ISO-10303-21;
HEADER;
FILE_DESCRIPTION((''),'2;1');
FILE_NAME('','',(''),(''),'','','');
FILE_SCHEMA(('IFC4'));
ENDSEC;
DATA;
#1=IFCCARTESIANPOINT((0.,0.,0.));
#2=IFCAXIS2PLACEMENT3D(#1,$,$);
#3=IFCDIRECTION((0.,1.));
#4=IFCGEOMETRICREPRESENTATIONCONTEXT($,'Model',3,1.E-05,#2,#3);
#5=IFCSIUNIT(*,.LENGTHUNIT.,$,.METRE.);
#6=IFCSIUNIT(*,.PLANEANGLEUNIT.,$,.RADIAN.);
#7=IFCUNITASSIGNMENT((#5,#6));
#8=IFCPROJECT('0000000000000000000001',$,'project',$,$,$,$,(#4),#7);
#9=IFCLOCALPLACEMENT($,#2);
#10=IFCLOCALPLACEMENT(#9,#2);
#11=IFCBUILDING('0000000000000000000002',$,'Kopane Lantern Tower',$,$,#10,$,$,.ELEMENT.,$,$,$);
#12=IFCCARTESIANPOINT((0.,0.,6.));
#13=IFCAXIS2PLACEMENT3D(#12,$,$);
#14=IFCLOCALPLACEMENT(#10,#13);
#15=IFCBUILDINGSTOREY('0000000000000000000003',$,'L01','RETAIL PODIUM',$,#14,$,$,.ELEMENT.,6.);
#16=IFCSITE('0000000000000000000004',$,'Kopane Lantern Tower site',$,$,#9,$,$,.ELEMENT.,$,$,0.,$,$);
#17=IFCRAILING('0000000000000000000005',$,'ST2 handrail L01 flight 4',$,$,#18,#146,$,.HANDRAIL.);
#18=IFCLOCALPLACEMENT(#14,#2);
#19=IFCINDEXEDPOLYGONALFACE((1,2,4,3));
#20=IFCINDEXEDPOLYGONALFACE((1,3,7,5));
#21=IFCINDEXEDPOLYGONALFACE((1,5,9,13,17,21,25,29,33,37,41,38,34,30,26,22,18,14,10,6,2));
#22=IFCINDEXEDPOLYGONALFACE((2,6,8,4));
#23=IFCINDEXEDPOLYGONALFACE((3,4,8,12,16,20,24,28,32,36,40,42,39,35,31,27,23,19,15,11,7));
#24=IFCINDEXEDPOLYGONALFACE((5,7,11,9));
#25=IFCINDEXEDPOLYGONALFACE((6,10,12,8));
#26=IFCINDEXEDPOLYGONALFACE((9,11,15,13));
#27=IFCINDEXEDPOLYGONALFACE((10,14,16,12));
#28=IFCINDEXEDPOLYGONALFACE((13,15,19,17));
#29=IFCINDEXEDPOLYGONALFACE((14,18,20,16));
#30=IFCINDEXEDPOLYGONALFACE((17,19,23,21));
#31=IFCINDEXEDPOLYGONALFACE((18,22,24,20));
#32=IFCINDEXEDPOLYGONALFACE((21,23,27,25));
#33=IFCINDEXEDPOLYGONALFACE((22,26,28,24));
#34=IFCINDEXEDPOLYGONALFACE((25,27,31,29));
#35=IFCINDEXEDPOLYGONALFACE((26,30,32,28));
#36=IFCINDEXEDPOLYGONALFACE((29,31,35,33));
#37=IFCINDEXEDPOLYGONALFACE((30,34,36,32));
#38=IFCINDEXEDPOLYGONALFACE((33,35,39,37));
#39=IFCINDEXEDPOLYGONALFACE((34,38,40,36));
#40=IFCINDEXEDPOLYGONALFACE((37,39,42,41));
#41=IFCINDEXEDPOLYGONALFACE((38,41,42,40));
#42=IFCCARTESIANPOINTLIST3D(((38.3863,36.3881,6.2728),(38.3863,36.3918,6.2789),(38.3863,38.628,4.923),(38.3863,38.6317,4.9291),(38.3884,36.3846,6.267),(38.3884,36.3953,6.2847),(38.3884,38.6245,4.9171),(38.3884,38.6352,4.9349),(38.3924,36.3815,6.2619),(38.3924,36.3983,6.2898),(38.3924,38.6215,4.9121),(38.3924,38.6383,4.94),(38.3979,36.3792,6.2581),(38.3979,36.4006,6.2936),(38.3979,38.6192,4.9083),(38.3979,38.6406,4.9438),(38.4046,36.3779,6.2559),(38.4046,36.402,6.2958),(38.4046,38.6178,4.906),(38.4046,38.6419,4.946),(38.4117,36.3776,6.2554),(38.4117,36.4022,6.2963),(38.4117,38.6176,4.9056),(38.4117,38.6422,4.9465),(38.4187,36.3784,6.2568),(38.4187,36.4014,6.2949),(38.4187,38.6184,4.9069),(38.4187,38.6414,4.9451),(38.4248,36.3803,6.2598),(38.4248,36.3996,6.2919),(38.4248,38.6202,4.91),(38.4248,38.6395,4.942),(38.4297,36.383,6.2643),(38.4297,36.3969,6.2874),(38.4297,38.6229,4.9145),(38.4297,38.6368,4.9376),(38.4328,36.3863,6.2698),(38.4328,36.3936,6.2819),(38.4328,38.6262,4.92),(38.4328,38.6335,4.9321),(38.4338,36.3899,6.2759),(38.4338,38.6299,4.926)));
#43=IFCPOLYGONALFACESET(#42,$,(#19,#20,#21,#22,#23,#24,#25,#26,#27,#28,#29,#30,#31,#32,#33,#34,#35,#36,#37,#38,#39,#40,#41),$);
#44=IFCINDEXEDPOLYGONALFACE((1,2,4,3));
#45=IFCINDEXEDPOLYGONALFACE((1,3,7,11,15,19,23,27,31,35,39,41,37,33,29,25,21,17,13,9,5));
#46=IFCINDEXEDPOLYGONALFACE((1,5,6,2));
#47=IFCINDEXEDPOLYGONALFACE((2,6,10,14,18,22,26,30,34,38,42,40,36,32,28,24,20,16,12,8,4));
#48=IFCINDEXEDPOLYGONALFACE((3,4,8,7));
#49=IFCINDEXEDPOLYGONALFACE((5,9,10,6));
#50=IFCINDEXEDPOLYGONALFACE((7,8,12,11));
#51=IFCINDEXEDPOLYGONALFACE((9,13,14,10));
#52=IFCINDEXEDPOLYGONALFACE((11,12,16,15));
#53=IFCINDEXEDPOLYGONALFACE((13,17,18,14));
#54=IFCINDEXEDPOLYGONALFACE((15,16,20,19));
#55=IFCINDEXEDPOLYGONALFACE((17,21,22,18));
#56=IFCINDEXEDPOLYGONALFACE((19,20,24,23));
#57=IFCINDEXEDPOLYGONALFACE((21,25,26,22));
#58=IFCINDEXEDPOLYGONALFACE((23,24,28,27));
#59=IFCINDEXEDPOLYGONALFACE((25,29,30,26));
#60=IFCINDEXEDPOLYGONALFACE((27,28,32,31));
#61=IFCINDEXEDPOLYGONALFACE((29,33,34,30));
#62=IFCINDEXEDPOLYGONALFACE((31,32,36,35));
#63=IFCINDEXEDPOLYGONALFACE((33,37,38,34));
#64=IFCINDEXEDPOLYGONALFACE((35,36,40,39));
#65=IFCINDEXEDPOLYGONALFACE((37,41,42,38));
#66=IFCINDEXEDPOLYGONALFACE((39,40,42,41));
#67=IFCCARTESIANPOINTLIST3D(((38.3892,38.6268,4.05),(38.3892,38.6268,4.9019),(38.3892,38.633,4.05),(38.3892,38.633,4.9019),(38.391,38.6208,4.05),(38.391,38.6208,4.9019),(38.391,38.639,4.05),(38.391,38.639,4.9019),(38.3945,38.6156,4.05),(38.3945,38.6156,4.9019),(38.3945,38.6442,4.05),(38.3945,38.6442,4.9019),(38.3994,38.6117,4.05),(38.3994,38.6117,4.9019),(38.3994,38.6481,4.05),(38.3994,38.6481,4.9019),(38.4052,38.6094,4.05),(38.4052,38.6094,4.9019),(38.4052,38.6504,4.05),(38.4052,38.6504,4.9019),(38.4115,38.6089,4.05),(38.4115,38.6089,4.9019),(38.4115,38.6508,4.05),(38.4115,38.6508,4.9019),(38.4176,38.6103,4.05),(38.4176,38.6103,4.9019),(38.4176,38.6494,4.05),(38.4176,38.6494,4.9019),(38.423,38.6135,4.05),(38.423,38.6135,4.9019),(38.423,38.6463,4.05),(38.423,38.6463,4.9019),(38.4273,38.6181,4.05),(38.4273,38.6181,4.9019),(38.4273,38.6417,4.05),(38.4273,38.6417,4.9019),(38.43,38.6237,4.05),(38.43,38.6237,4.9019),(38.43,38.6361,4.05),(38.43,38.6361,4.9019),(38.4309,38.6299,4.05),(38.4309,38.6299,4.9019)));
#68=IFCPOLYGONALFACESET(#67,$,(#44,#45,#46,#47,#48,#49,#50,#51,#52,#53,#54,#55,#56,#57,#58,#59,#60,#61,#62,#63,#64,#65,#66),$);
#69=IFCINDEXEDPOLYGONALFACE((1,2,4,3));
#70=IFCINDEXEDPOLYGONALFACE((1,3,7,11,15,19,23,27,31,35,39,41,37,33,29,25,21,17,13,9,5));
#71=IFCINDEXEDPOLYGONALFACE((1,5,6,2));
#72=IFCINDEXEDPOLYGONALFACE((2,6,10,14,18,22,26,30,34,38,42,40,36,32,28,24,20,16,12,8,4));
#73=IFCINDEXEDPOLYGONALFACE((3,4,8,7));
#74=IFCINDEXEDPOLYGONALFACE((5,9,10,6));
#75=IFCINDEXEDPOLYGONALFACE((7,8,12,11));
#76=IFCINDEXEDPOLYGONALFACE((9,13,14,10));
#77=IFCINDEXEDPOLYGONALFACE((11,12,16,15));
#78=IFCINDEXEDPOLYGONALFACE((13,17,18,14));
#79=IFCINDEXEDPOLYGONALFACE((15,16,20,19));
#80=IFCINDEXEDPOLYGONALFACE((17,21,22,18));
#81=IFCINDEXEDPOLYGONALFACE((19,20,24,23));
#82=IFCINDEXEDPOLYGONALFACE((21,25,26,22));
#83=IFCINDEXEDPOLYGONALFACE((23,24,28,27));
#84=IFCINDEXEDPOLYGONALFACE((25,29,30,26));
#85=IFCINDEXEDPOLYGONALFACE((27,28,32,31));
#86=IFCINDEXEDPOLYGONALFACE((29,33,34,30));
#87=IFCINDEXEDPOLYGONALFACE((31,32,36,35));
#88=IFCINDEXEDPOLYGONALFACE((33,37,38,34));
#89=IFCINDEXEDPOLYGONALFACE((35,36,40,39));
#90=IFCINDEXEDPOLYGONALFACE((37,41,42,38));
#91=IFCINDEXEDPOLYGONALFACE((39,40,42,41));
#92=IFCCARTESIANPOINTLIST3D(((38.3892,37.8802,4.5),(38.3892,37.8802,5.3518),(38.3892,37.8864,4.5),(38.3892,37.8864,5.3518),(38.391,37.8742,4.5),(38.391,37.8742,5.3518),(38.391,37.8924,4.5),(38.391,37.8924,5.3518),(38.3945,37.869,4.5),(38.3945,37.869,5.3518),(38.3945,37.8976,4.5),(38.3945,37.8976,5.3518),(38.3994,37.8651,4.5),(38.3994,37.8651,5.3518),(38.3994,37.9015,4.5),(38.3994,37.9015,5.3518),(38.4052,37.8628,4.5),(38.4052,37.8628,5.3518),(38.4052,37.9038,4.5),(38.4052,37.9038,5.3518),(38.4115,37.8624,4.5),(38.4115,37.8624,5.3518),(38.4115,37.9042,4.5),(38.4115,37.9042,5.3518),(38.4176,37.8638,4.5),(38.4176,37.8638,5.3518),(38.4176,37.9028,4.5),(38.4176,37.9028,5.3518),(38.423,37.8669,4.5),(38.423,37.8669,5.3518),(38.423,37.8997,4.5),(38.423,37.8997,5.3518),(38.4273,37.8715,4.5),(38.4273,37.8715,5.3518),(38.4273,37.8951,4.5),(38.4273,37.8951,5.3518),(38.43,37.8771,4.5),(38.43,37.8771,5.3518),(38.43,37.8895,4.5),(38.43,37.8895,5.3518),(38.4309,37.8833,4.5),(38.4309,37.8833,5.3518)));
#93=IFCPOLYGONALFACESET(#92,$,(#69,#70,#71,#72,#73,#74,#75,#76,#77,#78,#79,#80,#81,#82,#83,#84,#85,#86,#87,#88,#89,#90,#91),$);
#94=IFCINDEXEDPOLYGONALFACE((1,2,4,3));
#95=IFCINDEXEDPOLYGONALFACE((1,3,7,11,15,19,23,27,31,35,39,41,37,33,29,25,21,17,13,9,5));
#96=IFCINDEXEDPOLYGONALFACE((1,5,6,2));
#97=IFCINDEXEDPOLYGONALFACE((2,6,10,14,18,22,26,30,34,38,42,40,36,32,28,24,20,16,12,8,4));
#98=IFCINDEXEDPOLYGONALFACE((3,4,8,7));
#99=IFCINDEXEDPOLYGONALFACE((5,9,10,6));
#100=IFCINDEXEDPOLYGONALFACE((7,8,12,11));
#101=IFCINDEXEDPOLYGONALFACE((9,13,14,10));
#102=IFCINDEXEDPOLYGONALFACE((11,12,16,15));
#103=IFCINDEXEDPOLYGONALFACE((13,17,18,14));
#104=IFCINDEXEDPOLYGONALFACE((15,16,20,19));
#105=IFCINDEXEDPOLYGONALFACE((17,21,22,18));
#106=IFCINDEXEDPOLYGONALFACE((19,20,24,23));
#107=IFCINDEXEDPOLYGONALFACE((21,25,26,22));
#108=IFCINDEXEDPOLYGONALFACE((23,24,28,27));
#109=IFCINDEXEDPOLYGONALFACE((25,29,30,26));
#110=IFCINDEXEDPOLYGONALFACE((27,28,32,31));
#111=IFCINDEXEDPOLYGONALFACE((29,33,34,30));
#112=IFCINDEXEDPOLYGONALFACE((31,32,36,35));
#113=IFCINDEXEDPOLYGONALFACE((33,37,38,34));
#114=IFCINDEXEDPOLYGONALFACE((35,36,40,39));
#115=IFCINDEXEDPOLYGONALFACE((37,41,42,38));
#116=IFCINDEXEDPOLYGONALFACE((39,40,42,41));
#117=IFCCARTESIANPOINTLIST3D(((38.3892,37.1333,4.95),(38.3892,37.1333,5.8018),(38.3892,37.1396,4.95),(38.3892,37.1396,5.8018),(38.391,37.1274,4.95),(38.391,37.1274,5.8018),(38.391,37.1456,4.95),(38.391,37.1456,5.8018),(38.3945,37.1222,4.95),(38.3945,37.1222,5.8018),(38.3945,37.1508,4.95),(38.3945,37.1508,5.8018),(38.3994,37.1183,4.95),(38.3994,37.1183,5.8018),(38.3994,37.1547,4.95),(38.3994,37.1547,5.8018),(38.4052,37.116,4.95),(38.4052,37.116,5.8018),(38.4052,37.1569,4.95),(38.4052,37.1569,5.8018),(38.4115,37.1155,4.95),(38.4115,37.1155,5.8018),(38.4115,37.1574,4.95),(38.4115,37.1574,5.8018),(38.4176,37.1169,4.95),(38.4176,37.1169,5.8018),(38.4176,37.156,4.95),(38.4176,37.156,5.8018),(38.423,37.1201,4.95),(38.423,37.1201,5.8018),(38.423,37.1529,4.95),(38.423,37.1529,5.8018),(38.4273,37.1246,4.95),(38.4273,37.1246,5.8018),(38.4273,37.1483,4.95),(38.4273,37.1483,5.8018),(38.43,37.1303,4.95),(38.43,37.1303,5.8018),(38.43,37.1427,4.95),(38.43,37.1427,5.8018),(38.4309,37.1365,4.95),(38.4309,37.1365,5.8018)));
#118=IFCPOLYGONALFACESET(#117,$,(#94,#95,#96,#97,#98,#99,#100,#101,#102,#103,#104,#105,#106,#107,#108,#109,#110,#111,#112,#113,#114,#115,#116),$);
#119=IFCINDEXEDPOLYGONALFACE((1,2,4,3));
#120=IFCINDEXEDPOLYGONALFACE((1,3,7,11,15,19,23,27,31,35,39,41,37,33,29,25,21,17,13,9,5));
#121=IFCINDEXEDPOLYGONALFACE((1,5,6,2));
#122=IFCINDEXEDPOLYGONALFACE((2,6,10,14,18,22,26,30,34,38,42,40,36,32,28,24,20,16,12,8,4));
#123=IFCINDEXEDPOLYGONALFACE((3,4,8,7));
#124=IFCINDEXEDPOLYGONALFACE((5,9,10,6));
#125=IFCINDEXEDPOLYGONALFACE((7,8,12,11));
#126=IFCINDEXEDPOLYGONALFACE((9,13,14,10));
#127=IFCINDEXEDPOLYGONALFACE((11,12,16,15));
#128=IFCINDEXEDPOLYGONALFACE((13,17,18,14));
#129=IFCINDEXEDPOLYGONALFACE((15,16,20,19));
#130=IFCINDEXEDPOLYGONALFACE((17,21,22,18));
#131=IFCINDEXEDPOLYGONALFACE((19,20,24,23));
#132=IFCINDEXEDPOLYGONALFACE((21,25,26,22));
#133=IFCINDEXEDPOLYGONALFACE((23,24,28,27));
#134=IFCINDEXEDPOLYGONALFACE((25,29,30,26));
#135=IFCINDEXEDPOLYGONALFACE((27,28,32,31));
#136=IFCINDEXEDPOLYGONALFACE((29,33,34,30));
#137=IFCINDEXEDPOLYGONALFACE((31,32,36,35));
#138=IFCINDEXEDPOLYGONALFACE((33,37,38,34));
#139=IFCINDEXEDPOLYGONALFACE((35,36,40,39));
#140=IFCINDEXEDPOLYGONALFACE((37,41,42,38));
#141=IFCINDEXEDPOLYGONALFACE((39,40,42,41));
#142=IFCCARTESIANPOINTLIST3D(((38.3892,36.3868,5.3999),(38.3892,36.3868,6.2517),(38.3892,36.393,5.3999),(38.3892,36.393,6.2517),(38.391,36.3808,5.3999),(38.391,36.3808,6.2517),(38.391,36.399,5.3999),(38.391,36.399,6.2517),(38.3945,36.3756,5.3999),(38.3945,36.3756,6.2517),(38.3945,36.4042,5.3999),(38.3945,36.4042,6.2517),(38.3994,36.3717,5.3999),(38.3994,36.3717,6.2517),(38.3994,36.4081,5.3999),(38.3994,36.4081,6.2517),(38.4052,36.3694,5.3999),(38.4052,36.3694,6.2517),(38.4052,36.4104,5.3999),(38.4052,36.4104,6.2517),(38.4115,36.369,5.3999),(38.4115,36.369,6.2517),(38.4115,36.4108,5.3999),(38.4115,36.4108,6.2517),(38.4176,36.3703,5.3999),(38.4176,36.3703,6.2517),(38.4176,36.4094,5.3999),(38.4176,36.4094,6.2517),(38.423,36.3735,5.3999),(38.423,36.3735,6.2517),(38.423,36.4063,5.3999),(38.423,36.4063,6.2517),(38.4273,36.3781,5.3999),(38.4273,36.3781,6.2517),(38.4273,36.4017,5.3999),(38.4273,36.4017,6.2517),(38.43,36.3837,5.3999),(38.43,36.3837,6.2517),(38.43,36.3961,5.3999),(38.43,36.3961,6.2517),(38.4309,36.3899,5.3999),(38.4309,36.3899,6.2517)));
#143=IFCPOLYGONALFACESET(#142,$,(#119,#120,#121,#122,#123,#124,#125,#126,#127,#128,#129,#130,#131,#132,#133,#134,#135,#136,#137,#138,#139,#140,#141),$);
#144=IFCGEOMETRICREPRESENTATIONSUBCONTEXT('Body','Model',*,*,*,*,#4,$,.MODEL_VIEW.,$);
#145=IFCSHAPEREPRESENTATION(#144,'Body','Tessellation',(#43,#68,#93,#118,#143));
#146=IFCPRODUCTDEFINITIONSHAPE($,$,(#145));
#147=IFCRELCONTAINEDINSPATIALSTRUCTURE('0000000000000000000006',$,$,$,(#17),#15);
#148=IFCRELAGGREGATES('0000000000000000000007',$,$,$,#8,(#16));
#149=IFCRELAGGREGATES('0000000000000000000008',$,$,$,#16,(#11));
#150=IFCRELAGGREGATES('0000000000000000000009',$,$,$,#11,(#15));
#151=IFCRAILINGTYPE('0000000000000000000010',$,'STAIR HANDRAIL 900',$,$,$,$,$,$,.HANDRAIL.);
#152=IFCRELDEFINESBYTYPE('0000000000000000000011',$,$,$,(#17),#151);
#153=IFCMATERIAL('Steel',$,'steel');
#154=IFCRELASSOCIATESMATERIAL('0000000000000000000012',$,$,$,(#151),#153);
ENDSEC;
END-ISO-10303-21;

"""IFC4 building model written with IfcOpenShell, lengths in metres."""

from ifc_helpers import new_model, si_unit, direction, frame, origin, origin_2d, place, context, subcontext, project, spatial, circle, extrude, material, type_object, element, save


model = new_model("IFC4")

# Units and contexts
model_context = context("Model", 3, precision=1e-05, world=origin(), true_north=direction((0.0, 1.0)))
body_context = subcontext(model_context, "Body", "Model", "MODEL_VIEW")
ifc_project = project(units=[si_unit("LENGTHUNIT", "METRE"), si_unit("PLANEANGLEUNIT", "RADIAN")], contexts=[model_context])

# Site, building, storey
site_placement = place(None, origin())
site = spatial("IfcSite", under=ifc_project, at=site_placement, Name="Kopane Lantern Tower site", CompositionType="ELEMENT", RefElevation=0.0)
building_placement = place(site_placement, origin())
building = spatial("IfcBuilding", under=site, at=building_placement, Name="Kopane Lantern Tower", CompositionType="ELEMENT")
storey_placement = place(building_placement, frame((0.0, 0.0, 6.0)))
storey = spatial("IfcBuildingStorey", under=building, at=storey_placement, Name="L01", Description="RETAIL PODIUM", CompositionType="ELEMENT", Elevation=6.0)

# Railing
ifc_material_1 = material(Name="Steel", Category="steel")
railing_type_1 = type_object("IfcRailingType", Name="STAIR HANDRAIL 900", PredefinedType="HANDRAIL", material=ifc_material_1)
for number, where, name in (
    (1, (38.4099, 38.6299, 4.05), "ST2 handrail L01 flight 4"),
):
    element("IfcRailing", number, at=place(storey_placement, frame(where)), inside=storey, type_object=railing_type_1, Name=name, PredefinedType="HANDRAIL", context=body_context, shape_type="SweptSolid", body=[
        extrude(circle(Radius=0.0239, at=origin_2d()), frame((0.0, 0.0, 0.876), z_axis=(0.0, -0.856503, 0.516142), x_axis=(1.0, 0.0, 0.0)), (0.0, 0.0, 1.0), 2.6152),
        extrude(circle(Radius=0.021, at=origin_2d()), origin(), (0.0, 0.0, 1.0), 0.8518),
        extrude(circle(Radius=0.021, at=origin_2d()), frame((0.0, -0.7466, 0.45)), (0.0, 0.0, 1.0), 0.8518),
        extrude(circle(Radius=0.021, at=origin_2d()), frame((0.0, -1.4934, 0.8999)), (0.0, 0.0, 1.0), 0.8518),
        extrude(circle(Radius=0.021, at=origin_2d()), frame((0.0, -2.24, 1.3499)), (0.0, 0.0, 1.0), 0.8518),
    ])

save(model, "model.ifc")
